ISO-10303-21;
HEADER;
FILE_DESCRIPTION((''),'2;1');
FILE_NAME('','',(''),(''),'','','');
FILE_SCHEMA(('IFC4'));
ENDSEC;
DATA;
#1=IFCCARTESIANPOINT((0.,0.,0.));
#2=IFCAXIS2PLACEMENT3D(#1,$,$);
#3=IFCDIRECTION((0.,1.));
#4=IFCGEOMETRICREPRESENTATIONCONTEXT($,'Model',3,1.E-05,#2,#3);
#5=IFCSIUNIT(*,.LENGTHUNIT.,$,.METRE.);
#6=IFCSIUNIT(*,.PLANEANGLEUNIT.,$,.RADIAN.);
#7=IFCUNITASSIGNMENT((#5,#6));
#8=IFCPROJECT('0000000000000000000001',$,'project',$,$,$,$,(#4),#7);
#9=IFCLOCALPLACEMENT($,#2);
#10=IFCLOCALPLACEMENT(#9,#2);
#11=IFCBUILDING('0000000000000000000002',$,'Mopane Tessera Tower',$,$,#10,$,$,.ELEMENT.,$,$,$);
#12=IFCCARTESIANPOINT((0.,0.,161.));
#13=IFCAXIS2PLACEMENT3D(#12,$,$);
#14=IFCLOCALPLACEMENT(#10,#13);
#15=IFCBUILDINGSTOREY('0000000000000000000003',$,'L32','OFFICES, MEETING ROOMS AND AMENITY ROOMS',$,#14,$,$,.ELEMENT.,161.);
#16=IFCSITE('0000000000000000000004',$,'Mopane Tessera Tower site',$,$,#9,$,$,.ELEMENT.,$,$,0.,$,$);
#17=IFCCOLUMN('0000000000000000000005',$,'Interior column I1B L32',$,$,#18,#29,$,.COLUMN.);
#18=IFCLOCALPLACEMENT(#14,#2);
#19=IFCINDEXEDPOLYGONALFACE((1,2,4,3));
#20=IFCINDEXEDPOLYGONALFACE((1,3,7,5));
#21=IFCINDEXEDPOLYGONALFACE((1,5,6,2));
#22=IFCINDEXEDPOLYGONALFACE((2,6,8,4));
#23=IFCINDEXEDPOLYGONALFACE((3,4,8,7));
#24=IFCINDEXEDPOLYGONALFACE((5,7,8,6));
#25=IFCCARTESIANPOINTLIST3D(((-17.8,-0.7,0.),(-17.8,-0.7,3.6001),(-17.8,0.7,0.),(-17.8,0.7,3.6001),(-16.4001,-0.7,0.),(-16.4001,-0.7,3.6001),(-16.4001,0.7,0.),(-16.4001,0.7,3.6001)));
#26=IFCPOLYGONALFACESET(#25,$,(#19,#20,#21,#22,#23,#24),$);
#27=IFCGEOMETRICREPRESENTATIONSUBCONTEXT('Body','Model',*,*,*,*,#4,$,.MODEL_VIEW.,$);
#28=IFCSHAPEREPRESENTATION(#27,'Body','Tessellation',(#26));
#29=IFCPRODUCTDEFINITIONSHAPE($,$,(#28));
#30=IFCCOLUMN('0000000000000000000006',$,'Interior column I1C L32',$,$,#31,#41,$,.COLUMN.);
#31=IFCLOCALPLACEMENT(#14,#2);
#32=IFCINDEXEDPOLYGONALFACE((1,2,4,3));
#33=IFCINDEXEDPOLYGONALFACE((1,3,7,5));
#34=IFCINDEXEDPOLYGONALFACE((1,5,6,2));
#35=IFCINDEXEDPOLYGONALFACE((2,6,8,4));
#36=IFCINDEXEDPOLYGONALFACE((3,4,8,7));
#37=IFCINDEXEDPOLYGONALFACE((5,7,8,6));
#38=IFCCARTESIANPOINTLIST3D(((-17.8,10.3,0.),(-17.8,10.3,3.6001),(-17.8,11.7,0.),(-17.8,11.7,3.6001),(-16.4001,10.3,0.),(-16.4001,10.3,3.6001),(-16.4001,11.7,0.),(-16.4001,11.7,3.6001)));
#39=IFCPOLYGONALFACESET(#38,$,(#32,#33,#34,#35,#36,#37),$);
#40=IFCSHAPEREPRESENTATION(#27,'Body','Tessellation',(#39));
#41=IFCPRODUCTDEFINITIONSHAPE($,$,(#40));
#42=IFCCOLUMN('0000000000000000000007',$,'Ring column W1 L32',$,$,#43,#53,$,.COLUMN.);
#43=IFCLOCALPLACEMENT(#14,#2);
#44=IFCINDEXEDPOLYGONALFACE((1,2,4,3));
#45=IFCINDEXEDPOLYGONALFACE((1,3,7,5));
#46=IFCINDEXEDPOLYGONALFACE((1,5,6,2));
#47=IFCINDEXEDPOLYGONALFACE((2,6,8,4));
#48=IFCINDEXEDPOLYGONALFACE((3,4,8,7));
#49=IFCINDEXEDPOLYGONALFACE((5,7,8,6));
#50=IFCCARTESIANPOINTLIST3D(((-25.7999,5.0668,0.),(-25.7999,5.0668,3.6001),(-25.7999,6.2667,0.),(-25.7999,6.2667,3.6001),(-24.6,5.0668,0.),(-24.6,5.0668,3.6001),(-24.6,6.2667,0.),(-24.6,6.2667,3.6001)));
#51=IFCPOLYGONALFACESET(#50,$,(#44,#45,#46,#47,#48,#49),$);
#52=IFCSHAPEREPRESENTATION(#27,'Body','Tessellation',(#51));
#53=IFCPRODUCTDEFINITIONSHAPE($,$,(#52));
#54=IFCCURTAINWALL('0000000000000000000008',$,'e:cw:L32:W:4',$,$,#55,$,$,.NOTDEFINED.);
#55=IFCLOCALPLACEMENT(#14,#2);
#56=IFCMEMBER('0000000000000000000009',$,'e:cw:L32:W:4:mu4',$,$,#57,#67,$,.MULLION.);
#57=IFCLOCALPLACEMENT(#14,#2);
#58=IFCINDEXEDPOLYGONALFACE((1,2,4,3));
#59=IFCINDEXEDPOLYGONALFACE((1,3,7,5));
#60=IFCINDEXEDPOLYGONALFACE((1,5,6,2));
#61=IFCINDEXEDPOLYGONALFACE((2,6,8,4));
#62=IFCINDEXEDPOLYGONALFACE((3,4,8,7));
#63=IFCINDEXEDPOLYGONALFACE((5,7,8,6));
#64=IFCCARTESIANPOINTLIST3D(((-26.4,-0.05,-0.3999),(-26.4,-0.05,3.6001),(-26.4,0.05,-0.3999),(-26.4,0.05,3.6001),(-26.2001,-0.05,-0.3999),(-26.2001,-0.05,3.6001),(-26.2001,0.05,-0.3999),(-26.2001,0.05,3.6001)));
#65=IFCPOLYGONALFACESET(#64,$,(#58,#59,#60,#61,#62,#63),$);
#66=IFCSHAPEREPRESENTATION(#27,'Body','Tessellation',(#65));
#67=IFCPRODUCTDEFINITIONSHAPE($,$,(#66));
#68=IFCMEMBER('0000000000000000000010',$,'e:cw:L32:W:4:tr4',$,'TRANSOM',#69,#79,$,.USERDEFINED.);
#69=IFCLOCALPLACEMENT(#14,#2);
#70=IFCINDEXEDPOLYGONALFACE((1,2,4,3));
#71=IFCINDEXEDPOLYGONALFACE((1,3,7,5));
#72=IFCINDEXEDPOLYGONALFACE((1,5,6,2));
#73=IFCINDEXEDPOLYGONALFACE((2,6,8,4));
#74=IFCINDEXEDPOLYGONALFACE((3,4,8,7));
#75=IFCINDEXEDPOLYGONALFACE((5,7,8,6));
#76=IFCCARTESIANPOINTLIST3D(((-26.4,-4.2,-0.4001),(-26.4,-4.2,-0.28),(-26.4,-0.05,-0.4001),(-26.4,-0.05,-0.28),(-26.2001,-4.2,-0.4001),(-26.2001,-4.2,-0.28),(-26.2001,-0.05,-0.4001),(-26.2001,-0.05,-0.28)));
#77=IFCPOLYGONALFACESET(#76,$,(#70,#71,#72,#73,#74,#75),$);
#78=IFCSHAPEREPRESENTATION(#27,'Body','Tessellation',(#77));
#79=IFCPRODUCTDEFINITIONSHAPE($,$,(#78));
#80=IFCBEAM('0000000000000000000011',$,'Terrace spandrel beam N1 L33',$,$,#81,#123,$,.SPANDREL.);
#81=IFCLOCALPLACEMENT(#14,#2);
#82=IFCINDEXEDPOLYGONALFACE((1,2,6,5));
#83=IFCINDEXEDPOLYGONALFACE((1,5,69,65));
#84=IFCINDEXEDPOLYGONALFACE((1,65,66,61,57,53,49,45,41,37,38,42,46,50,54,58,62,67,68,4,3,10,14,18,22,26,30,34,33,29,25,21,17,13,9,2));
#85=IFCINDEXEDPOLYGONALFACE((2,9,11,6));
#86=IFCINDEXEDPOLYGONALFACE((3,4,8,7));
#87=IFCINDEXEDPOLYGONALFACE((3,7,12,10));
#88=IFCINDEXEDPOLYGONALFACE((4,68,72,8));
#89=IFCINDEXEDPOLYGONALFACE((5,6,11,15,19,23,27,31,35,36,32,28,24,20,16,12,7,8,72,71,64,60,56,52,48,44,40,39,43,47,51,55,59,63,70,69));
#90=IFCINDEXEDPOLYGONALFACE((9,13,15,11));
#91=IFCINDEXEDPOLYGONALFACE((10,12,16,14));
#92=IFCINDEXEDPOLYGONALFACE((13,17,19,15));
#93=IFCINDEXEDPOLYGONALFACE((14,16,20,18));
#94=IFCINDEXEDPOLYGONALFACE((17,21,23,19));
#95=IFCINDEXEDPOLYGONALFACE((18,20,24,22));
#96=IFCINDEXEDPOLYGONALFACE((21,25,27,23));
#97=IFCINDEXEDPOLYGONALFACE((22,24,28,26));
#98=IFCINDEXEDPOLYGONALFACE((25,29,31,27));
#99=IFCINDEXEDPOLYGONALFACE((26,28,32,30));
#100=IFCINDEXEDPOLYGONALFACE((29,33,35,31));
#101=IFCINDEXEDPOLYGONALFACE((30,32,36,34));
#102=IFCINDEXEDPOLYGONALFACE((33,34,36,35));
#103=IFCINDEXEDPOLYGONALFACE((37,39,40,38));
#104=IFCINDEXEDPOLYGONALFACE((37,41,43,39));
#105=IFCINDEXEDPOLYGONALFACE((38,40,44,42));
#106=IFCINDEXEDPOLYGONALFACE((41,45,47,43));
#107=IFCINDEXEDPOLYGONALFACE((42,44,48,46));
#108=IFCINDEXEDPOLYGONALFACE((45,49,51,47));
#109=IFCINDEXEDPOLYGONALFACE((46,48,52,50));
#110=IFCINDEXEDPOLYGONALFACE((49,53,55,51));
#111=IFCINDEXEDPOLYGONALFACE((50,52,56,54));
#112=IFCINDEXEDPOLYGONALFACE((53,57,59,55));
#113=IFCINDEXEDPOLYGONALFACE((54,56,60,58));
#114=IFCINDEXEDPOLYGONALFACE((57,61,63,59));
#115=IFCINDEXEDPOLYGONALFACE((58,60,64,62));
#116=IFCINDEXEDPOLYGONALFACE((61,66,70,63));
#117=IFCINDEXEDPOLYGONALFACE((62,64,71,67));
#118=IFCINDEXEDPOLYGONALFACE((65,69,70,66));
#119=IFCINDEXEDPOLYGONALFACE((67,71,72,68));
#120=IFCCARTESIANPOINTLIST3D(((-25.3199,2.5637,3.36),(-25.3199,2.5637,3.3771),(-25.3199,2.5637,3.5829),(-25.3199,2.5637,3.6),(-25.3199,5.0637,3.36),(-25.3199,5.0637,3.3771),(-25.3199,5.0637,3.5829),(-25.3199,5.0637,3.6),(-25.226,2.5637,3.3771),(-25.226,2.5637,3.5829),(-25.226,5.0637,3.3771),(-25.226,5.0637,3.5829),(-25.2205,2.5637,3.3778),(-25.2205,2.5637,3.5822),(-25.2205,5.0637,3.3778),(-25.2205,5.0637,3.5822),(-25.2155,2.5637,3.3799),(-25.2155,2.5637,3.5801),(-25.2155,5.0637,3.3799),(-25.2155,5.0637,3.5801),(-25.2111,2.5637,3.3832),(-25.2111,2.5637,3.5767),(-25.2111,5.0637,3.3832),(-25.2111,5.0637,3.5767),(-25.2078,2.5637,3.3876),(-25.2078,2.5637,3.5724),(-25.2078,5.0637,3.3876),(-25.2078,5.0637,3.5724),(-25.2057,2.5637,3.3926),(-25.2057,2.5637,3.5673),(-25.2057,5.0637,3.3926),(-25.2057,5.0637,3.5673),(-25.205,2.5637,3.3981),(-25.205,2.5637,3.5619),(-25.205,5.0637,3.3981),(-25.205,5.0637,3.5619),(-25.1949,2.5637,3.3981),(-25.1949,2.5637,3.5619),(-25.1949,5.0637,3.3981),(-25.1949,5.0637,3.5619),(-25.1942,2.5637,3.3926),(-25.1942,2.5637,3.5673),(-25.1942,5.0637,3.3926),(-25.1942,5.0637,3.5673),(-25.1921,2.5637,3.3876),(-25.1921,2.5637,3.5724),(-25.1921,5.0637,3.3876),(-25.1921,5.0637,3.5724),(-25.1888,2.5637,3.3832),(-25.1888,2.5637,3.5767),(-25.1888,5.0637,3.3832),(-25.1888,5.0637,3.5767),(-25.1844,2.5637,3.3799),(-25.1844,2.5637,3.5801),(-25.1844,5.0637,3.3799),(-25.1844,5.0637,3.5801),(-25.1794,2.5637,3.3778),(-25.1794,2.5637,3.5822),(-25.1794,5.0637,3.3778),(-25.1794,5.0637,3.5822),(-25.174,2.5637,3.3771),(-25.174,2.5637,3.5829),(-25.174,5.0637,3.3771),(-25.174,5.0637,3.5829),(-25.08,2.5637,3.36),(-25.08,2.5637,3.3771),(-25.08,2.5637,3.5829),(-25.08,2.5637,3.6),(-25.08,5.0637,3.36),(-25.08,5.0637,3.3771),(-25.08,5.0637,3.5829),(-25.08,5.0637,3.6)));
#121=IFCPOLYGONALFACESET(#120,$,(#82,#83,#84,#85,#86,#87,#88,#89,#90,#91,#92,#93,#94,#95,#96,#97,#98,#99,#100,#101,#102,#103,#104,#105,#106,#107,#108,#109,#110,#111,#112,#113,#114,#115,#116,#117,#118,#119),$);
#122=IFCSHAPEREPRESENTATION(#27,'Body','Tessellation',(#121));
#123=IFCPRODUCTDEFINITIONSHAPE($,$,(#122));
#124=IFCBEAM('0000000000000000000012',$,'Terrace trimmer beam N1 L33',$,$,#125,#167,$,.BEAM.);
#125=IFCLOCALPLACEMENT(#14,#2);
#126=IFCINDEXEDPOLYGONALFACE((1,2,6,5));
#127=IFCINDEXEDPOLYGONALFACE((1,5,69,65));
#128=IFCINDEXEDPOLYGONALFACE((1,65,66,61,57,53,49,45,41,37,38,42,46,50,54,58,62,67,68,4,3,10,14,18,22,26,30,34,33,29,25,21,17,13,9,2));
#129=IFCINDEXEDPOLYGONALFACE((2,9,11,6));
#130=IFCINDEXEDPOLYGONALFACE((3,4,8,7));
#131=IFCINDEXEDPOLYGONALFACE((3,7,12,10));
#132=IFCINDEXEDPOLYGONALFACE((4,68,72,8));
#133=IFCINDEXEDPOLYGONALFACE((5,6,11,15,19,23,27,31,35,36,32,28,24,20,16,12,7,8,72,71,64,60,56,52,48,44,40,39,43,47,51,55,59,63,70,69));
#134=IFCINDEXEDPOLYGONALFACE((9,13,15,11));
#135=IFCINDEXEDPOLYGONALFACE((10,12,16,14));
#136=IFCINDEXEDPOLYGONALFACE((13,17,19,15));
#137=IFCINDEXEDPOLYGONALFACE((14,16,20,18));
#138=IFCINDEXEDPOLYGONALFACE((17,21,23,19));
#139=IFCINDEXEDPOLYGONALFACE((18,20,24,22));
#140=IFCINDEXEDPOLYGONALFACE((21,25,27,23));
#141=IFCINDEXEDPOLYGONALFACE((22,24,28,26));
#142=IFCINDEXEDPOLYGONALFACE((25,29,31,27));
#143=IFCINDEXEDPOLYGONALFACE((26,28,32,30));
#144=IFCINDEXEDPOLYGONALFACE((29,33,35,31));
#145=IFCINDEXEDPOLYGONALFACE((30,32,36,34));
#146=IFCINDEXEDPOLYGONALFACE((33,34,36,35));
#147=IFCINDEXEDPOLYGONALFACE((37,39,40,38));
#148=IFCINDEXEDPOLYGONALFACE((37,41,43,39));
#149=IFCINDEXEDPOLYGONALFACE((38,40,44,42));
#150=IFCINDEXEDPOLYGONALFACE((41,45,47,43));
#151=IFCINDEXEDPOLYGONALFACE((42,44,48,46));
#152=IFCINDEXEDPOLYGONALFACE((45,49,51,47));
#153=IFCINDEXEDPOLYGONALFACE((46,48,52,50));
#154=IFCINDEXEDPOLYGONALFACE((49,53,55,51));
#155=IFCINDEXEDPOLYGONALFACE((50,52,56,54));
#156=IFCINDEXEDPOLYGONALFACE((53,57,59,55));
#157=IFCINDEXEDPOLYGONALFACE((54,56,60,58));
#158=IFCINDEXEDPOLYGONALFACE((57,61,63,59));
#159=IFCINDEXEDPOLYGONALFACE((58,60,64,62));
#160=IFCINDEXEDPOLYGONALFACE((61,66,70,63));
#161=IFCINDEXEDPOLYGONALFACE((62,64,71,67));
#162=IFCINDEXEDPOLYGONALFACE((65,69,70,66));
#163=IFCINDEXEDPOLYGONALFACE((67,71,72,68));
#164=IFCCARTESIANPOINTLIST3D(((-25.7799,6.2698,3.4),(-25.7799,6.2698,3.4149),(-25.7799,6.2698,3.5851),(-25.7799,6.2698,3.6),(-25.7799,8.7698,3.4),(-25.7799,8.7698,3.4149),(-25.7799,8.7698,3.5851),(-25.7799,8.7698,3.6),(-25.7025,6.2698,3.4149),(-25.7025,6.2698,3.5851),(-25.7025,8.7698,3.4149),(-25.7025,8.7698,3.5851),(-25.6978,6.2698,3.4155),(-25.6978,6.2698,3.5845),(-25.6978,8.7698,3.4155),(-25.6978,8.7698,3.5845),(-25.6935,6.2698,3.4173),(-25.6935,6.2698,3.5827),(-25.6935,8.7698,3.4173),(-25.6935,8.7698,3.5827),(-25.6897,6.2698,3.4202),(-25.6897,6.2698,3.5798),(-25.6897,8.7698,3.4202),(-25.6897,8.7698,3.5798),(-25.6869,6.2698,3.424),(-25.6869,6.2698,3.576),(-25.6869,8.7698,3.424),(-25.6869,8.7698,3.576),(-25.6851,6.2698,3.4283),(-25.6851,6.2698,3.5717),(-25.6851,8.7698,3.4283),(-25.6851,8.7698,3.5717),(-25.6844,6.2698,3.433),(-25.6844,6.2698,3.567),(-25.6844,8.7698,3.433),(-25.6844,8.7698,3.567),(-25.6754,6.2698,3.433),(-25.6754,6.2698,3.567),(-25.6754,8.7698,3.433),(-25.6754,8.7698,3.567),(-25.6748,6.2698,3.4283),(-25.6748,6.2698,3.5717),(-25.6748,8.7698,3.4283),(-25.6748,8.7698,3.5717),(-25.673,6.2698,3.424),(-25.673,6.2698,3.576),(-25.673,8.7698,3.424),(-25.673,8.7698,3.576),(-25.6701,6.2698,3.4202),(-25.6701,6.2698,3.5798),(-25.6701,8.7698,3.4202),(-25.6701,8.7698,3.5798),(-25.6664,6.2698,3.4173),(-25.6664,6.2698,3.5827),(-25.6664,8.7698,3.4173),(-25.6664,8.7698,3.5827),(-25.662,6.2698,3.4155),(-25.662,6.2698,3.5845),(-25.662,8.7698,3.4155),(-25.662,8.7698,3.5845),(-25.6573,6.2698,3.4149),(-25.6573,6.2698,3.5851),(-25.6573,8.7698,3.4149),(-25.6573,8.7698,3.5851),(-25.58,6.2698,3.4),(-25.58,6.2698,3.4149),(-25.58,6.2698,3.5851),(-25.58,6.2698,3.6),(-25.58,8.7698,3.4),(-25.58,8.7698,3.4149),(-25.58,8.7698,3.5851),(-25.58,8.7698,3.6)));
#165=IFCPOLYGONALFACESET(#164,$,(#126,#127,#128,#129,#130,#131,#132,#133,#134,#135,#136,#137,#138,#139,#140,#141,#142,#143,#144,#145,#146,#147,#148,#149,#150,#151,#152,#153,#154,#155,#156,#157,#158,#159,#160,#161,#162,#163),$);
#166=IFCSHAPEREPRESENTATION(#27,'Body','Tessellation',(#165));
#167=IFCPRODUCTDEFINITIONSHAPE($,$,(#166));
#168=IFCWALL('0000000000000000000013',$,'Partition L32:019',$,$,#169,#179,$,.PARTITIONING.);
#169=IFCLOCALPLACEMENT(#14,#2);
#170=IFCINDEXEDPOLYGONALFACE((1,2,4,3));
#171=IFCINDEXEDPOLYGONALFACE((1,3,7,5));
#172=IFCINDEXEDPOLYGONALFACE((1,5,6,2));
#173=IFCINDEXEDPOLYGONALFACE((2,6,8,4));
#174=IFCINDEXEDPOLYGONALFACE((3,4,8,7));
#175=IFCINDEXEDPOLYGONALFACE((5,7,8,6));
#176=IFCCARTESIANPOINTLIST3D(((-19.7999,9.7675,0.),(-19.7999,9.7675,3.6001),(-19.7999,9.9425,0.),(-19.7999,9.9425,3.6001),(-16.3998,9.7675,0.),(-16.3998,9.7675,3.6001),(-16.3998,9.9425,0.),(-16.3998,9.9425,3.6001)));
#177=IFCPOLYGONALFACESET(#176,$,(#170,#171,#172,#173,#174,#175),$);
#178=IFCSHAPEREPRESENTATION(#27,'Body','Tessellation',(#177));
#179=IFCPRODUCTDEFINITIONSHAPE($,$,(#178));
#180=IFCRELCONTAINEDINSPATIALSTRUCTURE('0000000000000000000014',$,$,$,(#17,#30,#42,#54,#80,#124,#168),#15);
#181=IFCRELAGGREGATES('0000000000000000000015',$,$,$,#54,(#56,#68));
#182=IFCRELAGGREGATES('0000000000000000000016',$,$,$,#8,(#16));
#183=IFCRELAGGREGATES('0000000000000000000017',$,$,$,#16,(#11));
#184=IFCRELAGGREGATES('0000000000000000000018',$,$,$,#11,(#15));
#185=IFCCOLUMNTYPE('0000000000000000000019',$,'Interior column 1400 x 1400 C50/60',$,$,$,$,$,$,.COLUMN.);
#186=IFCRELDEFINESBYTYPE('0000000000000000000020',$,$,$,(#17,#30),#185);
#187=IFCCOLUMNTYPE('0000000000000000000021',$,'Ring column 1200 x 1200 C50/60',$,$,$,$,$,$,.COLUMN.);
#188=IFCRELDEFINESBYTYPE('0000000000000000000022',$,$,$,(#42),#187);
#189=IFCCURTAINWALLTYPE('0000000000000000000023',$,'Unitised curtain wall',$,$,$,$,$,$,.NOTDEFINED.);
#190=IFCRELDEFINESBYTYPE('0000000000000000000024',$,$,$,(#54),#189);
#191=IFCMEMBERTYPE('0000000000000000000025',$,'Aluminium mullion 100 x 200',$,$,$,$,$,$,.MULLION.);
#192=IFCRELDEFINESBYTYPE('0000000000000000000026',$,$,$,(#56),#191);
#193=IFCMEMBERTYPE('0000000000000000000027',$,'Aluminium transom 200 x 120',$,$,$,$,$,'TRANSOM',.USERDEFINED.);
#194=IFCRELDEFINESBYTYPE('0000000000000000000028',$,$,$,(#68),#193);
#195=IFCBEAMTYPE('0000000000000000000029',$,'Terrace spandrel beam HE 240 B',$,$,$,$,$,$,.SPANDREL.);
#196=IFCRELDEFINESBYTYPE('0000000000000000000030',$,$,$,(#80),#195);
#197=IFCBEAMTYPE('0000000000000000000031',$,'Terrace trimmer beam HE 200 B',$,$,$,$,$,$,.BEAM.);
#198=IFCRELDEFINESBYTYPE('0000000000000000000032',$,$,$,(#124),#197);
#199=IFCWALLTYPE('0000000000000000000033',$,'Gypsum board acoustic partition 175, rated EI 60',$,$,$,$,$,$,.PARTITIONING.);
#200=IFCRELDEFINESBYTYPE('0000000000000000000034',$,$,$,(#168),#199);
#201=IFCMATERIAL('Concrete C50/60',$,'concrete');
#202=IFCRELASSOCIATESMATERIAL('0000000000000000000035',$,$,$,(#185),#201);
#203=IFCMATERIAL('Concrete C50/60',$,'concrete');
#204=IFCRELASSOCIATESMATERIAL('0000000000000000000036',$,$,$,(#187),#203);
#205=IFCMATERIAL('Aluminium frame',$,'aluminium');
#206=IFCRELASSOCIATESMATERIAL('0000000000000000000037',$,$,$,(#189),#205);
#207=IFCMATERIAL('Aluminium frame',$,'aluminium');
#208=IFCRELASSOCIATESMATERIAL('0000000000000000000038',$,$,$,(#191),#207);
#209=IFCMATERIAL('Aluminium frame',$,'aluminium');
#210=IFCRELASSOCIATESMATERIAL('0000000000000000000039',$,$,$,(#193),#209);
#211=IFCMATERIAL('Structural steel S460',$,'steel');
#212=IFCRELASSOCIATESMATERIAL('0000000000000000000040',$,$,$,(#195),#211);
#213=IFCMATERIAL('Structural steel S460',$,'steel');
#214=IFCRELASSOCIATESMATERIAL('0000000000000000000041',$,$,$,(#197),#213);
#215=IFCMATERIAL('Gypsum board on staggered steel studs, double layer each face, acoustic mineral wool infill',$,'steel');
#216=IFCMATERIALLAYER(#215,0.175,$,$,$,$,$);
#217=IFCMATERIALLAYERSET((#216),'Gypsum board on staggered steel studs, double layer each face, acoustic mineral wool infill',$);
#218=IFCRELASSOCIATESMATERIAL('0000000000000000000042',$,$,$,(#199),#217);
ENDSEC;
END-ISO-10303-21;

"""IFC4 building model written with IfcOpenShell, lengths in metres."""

from ifc_helpers import new_model, si_unit, direction, frame, frame_2d, origin, origin_2d, place, context, subcontext, project, spatial, rectangle, i_section, extrude, material, layer, layer_set, material_profile, profile_set, type_object, element, aggregate, save


model = new_model("IFC4")

# Units and contexts
model_context = context("Model", 3, precision=1e-05, world=origin(), true_north=direction((0.0, 1.0)))
body_context = subcontext(model_context, "Body", "Model", "MODEL_VIEW")
ifc_project = project(units=[si_unit("LENGTHUNIT", "METRE"), si_unit("PLANEANGLEUNIT", "RADIAN")], contexts=[model_context])

# Site, building, storey
site_placement = place(None, origin())
site = spatial("IfcSite", under=ifc_project, at=site_placement, Name="Mopane Tessera Tower site", CompositionType="ELEMENT", RefElevation=0.0)
building_placement = place(site_placement, origin())
building = spatial("IfcBuilding", under=site, at=building_placement, Name="Mopane Tessera Tower", CompositionType="ELEMENT")
storey_placement = place(building_placement, frame((0.0, 0.0, 161.0)))
storey = spatial("IfcBuildingStorey", under=building, at=storey_placement, Name="L32", Description="OFFICES, MEETING ROOMS AND AMENITY ROOMS", CompositionType="ELEMENT", Elevation=161.0)

# Columns
ifc_material_1 = material(Name="Concrete C50/60", Category="concrete")
ifc_material_profile_1 = material_profile(ifc_material_1, rectangle(XDim=1.3999, YDim=1.3999, at=origin_2d()))
ifc_profile_set_1 = profile_set([ifc_material_profile_1], Name="Concrete C50/60")
column_type_1 = type_object("IfcColumnType", Name="Interior column 1400 x 1400 C50/60", PredefinedType="COLUMN", material=ifc_profile_set_1)
for number, where, z_axis, x_axis, name in (
    (1, (-17.1001, 0.0, 0.0), (0.0, 0.0, 1.0), (1.0, 0.0, 0.0), "Interior column I1B L32"),
    (2, (-17.1001, 11.0, 0.0), (0.0, 0.0, 1.0), (1.0, 0.0, 0.0), "Interior column I1C L32"),
):
    element("IfcColumn", number, at=place(storey_placement, frame(where, z_axis=z_axis, x_axis=x_axis)), inside=storey, type_object=column_type_1, Name=name, PredefinedType="COLUMN", context=body_context, shape_type="SweptSolid", body=[
        extrude(rectangle(XDim=1.3999, YDim=1.3999, at=origin_2d()), origin(), (0.0, 0.0, 1.0), 3.6001),
    ])
ifc_material_2 = material(Name="Concrete C50/60", Category="concrete")
ifc_material_profile_2 = material_profile(ifc_material_2, rectangle(XDim=1.2, YDim=1.2, at=origin_2d()))
ifc_profile_set_2 = profile_set([ifc_material_profile_2], Name="Concrete C50/60")
column_type_2 = type_object("IfcColumnType", Name="Ring column 1200 x 1200 C50/60", PredefinedType="COLUMN", material=ifc_profile_set_2)
column_placement = place(storey_placement, frame((-25.2, 5.6667, 0.0), z_axis=(0.0, 0.0, 1.0), x_axis=(1.0, 0.0, 0.0)))
element("IfcColumn", 3, at=column_placement, inside=storey, type_object=column_type_2, Name="Ring column W1 L32", PredefinedType="COLUMN", context=body_context, shape_type="SweptSolid", body=[
    extrude(rectangle(XDim=1.2, YDim=1.2, at=origin_2d()), origin(), (0.0, 0.0, 1.0), 3.6001),
])

# Curtain wall, members
ifc_material_3 = material(Name="Aluminium frame", Category="aluminium")
curtain_wall_type = type_object("IfcCurtainWallType", Name="Unitised curtain wall", PredefinedType="NOTDEFINED", material=ifc_material_3)
curtain_wall_placement = place(storey_placement, origin())
curtain_wall = element("IfcCurtainWall", 4, at=curtain_wall_placement, inside=storey, type_object=curtain_wall_type, Name="e:cw:L32:W:4", PredefinedType="NOTDEFINED")
ifc_material_4 = material(Name="Aluminium frame", Category="aluminium")
ifc_material_profile_3 = material_profile(ifc_material_4, rectangle(XDim=0.1001, YDim=0.2, at=origin_2d()))
ifc_profile_set_3 = profile_set([ifc_material_profile_3], Name="Aluminium frame")
member_type_1 = type_object("IfcMemberType", Name="Aluminium mullion 100 x 200", PredefinedType="MULLION", material=ifc_profile_set_3)
member_1_placement = place(storey_placement, frame((-26.3, 0.0, -0.3999), z_axis=(0.0, 0.0, 1.0), x_axis=(0.0, -1.0, 0.0)))
member_1 = element("IfcMember", 5, at=member_1_placement, type_object=member_type_1, Name="e:cw:L32:W:4:mu4", PredefinedType="MULLION", context=body_context, shape_type="SweptSolid", body=[
    extrude(rectangle(XDim=0.1001, YDim=0.2, at=origin_2d()), origin(), (0.0, 0.0, 1.0), 4.0),
])
ifc_material_5 = material(Name="Aluminium frame", Category="aluminium")
ifc_material_profile_4 = material_profile(ifc_material_5, rectangle(XDim=0.2, YDim=0.1201, at=origin_2d()))
ifc_profile_set_4 = profile_set([ifc_material_profile_4], Name="Aluminium frame")
member_type_2 = type_object("IfcMemberType", Name="Aluminium transom 200 x 120", ElementType="TRANSOM", PredefinedType="USERDEFINED", material=ifc_profile_set_4)
member_2_placement = place(storey_placement, frame((-26.3, -0.05, -0.3401), z_axis=(0.0, -1.0, 0.0), x_axis=(1.0, 0.0, 0.0)))
member_2 = element("IfcMember", 6, at=member_2_placement, type_object=member_type_2, Name="e:cw:L32:W:4:tr4", ObjectType="TRANSOM", PredefinedType="USERDEFINED", context=body_context, shape_type="SweptSolid", body=[
    extrude(rectangle(XDim=0.2, YDim=0.1201, at=origin_2d()), origin(), (0.0, 0.0, 1.0), 4.1499),
])
aggregate(curtain_wall, [member_1, member_2])

# Beams
ifc_material_6 = material(Name="Structural steel S460", Category="steel")
ifc_material_profile_5 = material_profile(ifc_material_6, i_section(OverallWidth=0.24, OverallDepth=0.24, WebThickness=0.01, FlangeThickness=0.0171, FilletRadius=0.021, at=origin_2d()))
ifc_profile_set_5 = profile_set([ifc_material_profile_5], Name="Structural steel S460")
beam_type_1 = type_object("IfcBeamType", Name="Terrace spandrel beam HE 240 B", PredefinedType="SPANDREL", material=ifc_profile_set_5)
beam_1_placement = place(storey_placement, frame((-25.2, 5.0637, 3.48), z_axis=(0.0, -1.0, 0.0), x_axis=(1.0, 0.0, 0.0)))
element("IfcBeam", 7, at=beam_1_placement, inside=storey, type_object=beam_type_1, Name="Terrace spandrel beam N1 L33", PredefinedType="SPANDREL", context=body_context, shape_type="SweptSolid", body=[
    extrude(i_section(OverallWidth=0.24, OverallDepth=0.24, WebThickness=0.01, FlangeThickness=0.0171, FilletRadius=0.021, at=origin_2d()), origin(), (0.0, 0.0, 1.0), 2.5),
])
ifc_material_7 = material(Name="Structural steel S460", Category="steel")
ifc_material_profile_6 = material_profile(ifc_material_7, i_section(OverallWidth=0.2, OverallDepth=0.2, WebThickness=0.009, FlangeThickness=0.0149, FilletRadius=0.0181, at=origin_2d()))
ifc_profile_set_6 = profile_set([ifc_material_profile_6], Name="Structural steel S460")
beam_type_2 = type_object("IfcBeamType", Name="Terrace trimmer beam HE 200 B", PredefinedType="BEAM", material=ifc_profile_set_6)
beam_2_placement = place(storey_placement, frame((-25.6799, 6.2698, 3.5), z_axis=(0.0, 1.0, 0.0), x_axis=(-1.0, 0.0, 0.0)))
element("IfcBeam", 8, at=beam_2_placement, inside=storey, type_object=beam_type_2, Name="Terrace trimmer beam N1 L33", PredefinedType="BEAM", context=body_context, shape_type="SweptSolid", body=[
    extrude(i_section(OverallWidth=0.2, OverallDepth=0.2, WebThickness=0.009, FlangeThickness=0.0149, FilletRadius=0.0181, at=origin_2d()), origin(), (0.0, 0.0, 1.0), 2.5),
])

# Wall
ifc_material_8 = material(Name="Gypsum board on staggered steel studs, double layer each face, acoustic mineral wool infill", Category="steel")
ifc_layer_1 = layer(ifc_material_8, 0.175)
ifc_layer_set_1 = layer_set([ifc_layer_1], Name="Gypsum board on staggered steel studs, double layer each face, acoustic mineral wool infill")
wall_type_1 = type_object("IfcWallType", Name="Gypsum board acoustic partition 175, rated EI 60", PredefinedType="PARTITIONING", material=ifc_layer_set_1)
wall_1_placement = place(storey_placement, frame((-19.8, 9.855, 0.0), z_axis=(0.0, 0.0, 1.0), x_axis=(1.0, 0.0, 0.0)))
element("IfcWall", 9, at=wall_1_placement, inside=storey, type_object=wall_type_1, Name="Partition L32:019", PredefinedType="PARTITIONING", context=body_context, shape_type="SweptSolid", body=[
    extrude(rectangle(XDim=3.4001, YDim=0.175, at=frame_2d((1.7002, 0.0))), origin(), (0.0, 0.0, 1.0), 3.6001),
])

save(model, "model.ifc")
